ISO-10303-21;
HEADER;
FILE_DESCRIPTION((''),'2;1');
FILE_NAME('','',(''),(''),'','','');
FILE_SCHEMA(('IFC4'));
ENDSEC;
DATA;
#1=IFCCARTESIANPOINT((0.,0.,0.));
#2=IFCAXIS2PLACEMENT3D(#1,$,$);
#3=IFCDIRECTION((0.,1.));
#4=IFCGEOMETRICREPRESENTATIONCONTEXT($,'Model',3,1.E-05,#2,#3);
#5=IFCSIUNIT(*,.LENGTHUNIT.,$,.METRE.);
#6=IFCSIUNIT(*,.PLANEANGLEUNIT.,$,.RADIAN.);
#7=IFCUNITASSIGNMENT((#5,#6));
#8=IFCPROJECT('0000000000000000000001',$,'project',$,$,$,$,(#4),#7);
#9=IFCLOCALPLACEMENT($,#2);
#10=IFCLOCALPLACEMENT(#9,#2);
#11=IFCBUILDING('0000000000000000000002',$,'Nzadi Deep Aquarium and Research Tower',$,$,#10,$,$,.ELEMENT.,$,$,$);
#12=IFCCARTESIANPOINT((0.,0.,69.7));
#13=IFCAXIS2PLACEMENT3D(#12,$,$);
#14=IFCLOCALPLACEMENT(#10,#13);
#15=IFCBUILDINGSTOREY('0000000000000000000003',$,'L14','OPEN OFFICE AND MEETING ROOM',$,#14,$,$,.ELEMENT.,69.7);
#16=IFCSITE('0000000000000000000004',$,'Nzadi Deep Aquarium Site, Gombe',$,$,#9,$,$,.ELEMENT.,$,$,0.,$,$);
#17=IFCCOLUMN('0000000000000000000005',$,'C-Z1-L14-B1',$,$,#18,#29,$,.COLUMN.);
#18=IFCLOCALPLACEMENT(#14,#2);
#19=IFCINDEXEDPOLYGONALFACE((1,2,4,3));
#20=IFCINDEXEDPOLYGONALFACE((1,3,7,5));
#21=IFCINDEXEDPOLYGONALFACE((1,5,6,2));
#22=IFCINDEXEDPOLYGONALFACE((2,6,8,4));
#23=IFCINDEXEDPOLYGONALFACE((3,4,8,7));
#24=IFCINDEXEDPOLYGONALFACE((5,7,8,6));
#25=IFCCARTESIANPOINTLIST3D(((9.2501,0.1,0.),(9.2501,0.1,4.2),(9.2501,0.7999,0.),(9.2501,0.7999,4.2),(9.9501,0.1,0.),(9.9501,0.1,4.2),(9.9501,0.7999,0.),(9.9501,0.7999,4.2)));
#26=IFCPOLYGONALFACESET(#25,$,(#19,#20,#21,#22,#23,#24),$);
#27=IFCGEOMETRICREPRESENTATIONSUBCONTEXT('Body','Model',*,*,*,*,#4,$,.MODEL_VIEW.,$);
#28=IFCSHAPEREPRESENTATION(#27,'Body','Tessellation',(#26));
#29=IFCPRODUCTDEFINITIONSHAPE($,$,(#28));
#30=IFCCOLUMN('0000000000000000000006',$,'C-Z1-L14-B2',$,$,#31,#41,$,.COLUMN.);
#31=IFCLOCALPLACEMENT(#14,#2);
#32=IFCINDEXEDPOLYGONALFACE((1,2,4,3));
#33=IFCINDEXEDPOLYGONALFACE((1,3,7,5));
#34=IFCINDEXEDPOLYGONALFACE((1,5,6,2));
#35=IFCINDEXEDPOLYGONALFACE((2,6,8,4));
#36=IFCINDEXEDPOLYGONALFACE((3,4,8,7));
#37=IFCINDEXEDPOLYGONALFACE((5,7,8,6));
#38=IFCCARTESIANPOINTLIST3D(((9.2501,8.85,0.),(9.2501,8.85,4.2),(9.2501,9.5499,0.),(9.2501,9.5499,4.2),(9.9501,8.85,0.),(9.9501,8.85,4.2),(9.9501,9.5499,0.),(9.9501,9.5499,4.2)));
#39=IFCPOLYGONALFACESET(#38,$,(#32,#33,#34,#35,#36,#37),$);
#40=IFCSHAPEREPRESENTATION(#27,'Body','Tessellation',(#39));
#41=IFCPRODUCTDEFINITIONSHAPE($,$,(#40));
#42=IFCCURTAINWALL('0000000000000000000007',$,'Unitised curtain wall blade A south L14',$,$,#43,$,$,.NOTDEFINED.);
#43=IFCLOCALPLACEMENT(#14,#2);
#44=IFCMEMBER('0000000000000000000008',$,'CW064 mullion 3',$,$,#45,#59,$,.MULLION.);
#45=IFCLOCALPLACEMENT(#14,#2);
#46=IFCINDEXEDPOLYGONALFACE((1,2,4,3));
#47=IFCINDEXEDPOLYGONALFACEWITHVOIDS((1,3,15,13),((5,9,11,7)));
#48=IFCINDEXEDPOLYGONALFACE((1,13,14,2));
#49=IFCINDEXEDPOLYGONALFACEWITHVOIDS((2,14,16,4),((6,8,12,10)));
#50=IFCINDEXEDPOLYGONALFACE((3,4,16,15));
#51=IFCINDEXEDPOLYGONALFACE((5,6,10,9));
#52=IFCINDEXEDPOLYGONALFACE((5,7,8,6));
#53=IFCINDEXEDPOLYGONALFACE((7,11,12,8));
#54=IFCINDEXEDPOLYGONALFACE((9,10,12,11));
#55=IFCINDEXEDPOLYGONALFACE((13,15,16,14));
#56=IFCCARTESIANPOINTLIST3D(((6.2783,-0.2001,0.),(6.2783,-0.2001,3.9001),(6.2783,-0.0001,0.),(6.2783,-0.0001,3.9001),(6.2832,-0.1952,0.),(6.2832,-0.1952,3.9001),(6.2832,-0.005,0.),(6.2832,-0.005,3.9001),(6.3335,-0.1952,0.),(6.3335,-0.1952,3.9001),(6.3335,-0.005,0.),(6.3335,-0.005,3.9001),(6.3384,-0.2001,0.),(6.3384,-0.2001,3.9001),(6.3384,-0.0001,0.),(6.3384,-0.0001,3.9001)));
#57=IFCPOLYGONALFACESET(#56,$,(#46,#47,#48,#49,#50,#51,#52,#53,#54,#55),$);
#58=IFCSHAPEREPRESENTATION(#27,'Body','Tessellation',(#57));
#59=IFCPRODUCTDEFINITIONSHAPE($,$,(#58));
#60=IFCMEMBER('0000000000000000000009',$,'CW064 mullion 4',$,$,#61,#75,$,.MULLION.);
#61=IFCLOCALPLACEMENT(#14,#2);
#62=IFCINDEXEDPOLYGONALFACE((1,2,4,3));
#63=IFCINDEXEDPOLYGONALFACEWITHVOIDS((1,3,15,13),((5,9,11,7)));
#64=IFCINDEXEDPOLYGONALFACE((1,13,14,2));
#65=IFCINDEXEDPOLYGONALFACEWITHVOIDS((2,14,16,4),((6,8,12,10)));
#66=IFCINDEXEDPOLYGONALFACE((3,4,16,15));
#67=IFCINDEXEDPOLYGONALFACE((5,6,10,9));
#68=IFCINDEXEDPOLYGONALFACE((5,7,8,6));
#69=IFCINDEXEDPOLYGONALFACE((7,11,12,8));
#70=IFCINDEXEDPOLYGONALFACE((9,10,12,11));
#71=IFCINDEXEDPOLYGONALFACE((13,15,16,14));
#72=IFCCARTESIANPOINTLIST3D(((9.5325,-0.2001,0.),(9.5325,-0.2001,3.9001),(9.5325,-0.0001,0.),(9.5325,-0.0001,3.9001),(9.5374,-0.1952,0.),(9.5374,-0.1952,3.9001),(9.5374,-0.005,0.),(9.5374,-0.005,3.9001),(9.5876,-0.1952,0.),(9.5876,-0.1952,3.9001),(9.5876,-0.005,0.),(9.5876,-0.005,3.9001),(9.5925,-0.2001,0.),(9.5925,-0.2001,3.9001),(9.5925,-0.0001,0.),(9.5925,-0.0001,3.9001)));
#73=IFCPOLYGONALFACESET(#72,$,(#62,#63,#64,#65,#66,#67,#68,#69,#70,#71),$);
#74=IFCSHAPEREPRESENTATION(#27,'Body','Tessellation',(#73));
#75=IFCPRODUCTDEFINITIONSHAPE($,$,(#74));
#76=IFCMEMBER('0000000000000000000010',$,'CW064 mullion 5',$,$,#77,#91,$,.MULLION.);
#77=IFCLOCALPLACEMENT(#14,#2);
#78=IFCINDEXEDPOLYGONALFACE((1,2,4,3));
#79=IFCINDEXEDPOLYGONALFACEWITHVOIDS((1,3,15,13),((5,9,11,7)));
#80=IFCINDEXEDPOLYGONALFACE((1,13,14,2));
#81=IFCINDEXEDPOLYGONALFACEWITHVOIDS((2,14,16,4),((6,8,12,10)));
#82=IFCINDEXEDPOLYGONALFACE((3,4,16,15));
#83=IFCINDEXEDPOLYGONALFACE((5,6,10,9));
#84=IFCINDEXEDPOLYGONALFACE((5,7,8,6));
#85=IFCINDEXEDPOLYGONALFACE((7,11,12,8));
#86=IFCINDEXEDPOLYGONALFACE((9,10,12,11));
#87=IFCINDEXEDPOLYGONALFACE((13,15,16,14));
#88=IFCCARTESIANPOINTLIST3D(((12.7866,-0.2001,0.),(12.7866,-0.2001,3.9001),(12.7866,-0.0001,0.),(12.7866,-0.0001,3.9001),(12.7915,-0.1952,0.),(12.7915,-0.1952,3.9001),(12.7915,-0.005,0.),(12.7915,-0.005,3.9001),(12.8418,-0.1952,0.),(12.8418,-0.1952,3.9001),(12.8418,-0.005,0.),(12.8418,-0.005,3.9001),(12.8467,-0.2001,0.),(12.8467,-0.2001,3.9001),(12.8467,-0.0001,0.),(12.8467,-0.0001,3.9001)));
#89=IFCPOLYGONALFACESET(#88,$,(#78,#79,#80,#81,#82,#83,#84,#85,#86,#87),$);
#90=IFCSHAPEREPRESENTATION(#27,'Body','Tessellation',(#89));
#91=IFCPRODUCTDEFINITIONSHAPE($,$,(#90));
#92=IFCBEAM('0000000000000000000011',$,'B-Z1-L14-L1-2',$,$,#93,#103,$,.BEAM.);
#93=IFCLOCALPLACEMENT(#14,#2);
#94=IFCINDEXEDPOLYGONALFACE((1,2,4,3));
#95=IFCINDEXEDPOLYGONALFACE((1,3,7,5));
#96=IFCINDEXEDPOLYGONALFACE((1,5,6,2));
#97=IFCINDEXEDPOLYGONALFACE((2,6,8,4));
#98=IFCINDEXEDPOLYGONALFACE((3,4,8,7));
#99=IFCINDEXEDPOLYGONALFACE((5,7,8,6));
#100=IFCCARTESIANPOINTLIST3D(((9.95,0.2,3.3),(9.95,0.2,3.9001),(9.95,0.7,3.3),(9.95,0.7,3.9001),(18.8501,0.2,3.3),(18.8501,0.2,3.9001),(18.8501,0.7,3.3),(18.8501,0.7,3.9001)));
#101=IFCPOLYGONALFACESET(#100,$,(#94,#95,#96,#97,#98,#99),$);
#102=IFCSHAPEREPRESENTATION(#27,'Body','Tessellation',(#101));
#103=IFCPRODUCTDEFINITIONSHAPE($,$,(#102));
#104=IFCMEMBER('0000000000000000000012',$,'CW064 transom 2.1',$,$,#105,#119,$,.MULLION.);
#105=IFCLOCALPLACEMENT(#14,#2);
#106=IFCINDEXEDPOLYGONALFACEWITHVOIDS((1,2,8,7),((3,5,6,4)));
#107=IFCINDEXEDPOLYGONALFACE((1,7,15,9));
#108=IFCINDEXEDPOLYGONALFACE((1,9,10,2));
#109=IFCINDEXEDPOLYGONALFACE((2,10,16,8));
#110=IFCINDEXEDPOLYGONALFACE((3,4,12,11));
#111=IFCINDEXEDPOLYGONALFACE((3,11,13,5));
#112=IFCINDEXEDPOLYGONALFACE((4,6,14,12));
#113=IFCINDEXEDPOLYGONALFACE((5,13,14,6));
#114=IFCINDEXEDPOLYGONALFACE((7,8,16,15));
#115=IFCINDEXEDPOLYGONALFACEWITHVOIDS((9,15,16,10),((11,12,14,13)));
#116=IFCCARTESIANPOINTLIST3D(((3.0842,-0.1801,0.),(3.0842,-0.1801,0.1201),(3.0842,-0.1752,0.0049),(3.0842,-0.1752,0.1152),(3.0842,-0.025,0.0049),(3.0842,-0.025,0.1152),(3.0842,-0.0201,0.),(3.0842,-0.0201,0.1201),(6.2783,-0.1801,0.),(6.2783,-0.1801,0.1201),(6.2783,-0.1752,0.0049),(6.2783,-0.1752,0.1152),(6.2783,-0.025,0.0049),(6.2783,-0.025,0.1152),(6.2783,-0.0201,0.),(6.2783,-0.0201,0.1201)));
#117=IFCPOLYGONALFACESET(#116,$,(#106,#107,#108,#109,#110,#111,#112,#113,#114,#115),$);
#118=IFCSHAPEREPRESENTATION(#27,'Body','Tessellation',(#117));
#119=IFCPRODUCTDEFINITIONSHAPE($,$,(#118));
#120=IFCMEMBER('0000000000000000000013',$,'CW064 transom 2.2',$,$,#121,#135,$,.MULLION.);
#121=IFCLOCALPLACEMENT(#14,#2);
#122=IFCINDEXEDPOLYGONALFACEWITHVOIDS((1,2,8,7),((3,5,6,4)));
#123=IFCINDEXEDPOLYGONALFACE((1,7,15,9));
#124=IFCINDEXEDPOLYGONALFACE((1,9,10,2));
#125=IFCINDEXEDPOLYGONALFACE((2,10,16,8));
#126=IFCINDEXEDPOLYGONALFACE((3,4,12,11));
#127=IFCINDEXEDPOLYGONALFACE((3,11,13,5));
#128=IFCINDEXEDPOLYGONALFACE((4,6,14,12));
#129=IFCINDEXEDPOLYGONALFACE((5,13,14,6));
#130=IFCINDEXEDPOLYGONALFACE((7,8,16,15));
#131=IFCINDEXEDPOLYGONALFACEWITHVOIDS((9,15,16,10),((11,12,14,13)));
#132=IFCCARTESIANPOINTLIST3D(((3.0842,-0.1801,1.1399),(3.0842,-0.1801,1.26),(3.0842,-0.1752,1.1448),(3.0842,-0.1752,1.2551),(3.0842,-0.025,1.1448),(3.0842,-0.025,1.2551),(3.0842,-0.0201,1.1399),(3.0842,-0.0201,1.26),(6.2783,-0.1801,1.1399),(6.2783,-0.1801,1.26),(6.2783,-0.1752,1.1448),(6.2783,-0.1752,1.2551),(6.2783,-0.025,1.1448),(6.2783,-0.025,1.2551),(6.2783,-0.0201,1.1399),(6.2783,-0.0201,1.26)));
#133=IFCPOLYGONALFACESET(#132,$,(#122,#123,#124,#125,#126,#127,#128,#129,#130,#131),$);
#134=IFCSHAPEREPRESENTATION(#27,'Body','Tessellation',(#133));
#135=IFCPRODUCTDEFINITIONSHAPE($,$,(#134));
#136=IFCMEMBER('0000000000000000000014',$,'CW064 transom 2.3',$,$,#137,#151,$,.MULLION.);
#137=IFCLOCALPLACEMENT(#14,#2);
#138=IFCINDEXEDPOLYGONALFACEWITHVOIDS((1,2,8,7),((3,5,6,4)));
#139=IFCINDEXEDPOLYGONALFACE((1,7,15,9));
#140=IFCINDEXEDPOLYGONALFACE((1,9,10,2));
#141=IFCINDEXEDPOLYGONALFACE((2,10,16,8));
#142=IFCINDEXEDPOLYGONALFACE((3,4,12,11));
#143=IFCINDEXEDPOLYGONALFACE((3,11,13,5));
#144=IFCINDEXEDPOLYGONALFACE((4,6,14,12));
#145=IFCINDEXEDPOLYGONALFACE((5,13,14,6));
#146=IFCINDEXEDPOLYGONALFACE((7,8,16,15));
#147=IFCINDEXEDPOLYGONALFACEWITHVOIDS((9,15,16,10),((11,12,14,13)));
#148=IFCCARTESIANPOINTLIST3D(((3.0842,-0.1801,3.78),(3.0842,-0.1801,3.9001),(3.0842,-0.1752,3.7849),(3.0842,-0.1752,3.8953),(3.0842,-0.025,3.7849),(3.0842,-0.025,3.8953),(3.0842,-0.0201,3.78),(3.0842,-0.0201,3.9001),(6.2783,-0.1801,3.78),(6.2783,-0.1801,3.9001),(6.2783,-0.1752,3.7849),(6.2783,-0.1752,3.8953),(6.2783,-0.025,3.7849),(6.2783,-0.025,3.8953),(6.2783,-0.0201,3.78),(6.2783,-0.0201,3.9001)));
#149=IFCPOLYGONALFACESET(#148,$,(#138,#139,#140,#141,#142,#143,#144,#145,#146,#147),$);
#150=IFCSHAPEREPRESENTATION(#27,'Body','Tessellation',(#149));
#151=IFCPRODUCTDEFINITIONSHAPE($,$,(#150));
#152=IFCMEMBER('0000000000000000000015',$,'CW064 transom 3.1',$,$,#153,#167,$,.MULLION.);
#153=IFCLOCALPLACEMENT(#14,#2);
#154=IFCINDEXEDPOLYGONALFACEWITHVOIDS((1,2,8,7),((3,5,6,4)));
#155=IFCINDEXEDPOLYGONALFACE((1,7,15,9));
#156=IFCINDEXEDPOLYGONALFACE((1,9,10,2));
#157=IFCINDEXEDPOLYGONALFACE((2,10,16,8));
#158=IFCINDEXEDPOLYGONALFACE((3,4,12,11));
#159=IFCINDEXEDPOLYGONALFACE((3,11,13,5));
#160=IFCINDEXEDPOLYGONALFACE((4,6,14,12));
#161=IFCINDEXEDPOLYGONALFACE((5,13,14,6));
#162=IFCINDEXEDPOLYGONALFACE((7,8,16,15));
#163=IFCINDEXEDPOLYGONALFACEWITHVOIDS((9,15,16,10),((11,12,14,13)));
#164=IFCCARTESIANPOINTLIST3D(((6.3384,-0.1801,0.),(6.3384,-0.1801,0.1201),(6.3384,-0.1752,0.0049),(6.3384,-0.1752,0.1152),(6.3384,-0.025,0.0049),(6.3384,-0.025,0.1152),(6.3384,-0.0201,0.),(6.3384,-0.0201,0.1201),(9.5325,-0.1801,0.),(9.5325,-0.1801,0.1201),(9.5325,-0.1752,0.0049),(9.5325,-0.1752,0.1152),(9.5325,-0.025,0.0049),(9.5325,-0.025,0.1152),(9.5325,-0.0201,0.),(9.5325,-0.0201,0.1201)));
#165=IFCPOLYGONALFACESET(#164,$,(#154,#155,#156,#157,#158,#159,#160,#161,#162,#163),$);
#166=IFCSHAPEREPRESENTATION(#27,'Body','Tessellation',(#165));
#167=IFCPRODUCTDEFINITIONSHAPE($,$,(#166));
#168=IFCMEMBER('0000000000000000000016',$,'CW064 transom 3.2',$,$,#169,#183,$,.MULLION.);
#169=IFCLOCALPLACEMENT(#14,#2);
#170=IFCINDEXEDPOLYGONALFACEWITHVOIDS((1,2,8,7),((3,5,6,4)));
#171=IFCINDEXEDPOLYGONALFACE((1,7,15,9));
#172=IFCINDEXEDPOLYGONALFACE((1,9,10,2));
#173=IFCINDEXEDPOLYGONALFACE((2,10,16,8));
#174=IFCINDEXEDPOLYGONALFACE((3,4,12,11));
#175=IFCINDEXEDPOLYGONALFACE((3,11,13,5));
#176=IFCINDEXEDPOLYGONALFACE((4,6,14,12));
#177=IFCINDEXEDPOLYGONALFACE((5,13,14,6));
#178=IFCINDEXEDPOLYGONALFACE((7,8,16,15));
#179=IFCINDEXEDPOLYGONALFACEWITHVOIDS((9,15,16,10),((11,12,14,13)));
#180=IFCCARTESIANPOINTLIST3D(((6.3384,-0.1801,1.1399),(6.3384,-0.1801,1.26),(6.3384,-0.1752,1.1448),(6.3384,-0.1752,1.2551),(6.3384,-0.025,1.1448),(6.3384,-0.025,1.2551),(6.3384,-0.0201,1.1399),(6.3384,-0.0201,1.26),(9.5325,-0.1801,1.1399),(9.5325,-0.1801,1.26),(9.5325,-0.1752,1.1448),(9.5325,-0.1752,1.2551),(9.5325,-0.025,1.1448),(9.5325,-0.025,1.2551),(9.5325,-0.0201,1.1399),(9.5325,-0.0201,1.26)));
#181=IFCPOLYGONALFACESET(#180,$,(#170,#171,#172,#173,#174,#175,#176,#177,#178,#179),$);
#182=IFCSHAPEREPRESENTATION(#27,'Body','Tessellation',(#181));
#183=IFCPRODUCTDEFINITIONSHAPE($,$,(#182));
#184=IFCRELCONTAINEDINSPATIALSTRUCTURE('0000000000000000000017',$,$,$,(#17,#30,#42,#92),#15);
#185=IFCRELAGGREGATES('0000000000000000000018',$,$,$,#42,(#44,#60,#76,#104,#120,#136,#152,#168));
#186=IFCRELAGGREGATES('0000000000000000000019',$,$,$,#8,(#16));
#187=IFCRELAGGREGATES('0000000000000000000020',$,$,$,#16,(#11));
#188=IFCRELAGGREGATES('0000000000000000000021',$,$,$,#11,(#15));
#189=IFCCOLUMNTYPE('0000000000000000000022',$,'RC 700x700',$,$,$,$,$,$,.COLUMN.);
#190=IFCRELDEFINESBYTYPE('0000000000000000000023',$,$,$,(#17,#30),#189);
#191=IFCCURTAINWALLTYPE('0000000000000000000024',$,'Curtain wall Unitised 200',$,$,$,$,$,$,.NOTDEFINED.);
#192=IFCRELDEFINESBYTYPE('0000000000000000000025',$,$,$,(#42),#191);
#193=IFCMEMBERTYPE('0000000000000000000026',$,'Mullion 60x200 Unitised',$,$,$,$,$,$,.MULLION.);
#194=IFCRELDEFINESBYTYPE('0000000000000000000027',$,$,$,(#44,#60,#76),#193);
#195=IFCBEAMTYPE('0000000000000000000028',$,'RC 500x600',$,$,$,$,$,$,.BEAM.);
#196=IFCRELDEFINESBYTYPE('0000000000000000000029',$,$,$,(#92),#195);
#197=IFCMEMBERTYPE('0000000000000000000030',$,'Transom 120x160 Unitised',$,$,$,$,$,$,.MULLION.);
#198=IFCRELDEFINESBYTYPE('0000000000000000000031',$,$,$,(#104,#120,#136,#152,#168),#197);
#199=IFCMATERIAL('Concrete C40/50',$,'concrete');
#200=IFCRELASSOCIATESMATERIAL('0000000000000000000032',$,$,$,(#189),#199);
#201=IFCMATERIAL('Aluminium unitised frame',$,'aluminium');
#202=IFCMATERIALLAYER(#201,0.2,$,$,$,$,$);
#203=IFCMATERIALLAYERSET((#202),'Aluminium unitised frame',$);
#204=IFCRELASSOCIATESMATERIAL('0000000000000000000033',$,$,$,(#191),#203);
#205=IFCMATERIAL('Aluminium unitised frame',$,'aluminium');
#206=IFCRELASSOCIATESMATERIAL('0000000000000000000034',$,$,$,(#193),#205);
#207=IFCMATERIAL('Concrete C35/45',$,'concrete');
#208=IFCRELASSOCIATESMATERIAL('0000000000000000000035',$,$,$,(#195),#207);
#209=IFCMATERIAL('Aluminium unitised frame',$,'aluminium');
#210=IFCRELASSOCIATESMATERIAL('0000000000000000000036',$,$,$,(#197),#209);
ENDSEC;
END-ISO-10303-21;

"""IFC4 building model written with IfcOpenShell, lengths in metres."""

from ifc_helpers import new_model, si_unit, direction, frame, origin, origin_2d, place, context, subcontext, project, spatial, rectangle, hollow_rectangle, extrude, material, layer, layer_set, material_profile, profile_set, type_object, element, aggregate, save


model = new_model("IFC4")

# Units and contexts
model_context = context("Model", 3, precision=1e-05, world=origin(), true_north=direction((0.0, 1.0)))
body_context = subcontext(model_context, "Body", "Model", "MODEL_VIEW")
ifc_project = project(units=[si_unit("LENGTHUNIT", "METRE"), si_unit("PLANEANGLEUNIT", "RADIAN")], contexts=[model_context])

# Site, building, storey
site_placement = place(None, origin())
site = spatial("IfcSite", under=ifc_project, at=site_placement, Name="Nzadi Deep Aquarium Site, Gombe", CompositionType="ELEMENT", RefElevation=0.0)
building_placement = place(site_placement, origin())
building = spatial("IfcBuilding", under=site, at=building_placement, Name="Nzadi Deep Aquarium and Research Tower", CompositionType="ELEMENT")
storey_placement = place(building_placement, frame((0.0, 0.0, 69.7)))
storey = spatial("IfcBuildingStorey", under=building, at=storey_placement, Name="L14", Description="OPEN OFFICE AND MEETING ROOM", CompositionType="ELEMENT", Elevation=69.7)

# Columns
ifc_material_1 = material(Name="Concrete C40/50", Category="concrete")
ifc_material_profile_1 = material_profile(ifc_material_1, rectangle(XDim=0.7, YDim=0.7, at=origin_2d()))
ifc_profile_set_1 = profile_set([ifc_material_profile_1], Name="Concrete C40/50")
column_type = type_object("IfcColumnType", Name="RC 700x700", PredefinedType="COLUMN", material=ifc_profile_set_1)
for number, where, z_axis, x_axis, name in (
    (1, (9.6001, 0.45, 0.0), (0.0, 0.0, 1.0), (1.0, 0.0, 0.0), "C-Z1-L14-B1"),
    (2, (9.6001, 9.2, 0.0), (0.0, 0.0, 1.0), (1.0, 0.0, 0.0), "C-Z1-L14-B2"),
):
    element("IfcColumn", number, at=place(storey_placement, frame(where, z_axis=z_axis, x_axis=x_axis)), inside=storey, type_object=column_type, Name=name, PredefinedType="COLUMN", context=body_context, shape_type="SweptSolid", body=[
        extrude(rectangle(XDim=0.7, YDim=0.7, at=origin_2d()), origin(), (0.0, 0.0, 1.0), 4.2),
    ])

# Curtain wall, members
ifc_material_2 = material(Name="Aluminium unitised frame", Category="aluminium")
ifc_layer_1 = layer(ifc_material_2, 0.2)
ifc_layer_set_1 = layer_set([ifc_layer_1], Name="Aluminium unitised frame")
curtain_wall_type = type_object("IfcCurtainWallType", Name="Curtain wall Unitised 200", PredefinedType="NOTDEFINED", material=ifc_layer_set_1)
curtain_wall_placement = place(storey_placement, origin())
curtain_wall = element("IfcCurtainWall", 3, at=curtain_wall_placement, inside=storey, type_object=curtain_wall_type, Name="Unitised curtain wall blade A south L14", PredefinedType="NOTDEFINED")
ifc_material_3 = material(Name="Aluminium unitised frame", Category="aluminium")
ifc_material_profile_2 = material_profile(ifc_material_3, hollow_rectangle(XDim=0.2, YDim=0.0601, WallThickness=0.0049, at=origin_2d()))
ifc_profile_set_2 = profile_set([ifc_material_profile_2], Name="Aluminium unitised frame")
member_type_1 = type_object("IfcMemberType", Name="Mullion 60x200 Unitised", PredefinedType="MULLION", material=ifc_profile_set_2)
member_1_placement = place(storey_placement, frame((6.3083, -0.1001, 0.0), z_axis=(0.0, 0.0, 1.0), x_axis=(0.0, 1.0, 0.0)))
member_1 = element("IfcMember", 4, at=member_1_placement, type_object=member_type_1, Name="CW064 mullion 3", PredefinedType="MULLION", context=body_context, shape_type="SweptSolid", body=[
    extrude(hollow_rectangle(XDim=0.2, YDim=0.0601, WallThickness=0.0049, at=origin_2d()), origin(), (0.0, 0.0, 1.0), 3.9001),
])
member_2_placement = place(storey_placement, frame((9.5625, -0.1001, 0.0), z_axis=(0.0, 0.0, 1.0), x_axis=(0.0, 1.0, 0.0)))
member_2 = element("IfcMember", 5, at=member_2_placement, type_object=member_type_1, Name="CW064 mullion 4", PredefinedType="MULLION", context=body_context, shape_type="SweptSolid", body=[
    extrude(hollow_rectangle(XDim=0.2, YDim=0.0601, WallThickness=0.0049, at=origin_2d()), origin(), (0.0, 0.0, 1.0), 3.9001),
])
member_3_placement = place(storey_placement, frame((12.8167, -0.1001, 0.0), z_axis=(0.0, 0.0, 1.0), x_axis=(0.0, 1.0, 0.0)))
member_3 = element("IfcMember", 6, at=member_3_placement, type_object=member_type_1, Name="CW064 mullion 5", PredefinedType="MULLION", context=body_context, shape_type="SweptSolid", body=[
    extrude(hollow_rectangle(XDim=0.2, YDim=0.0601, WallThickness=0.0049, at=origin_2d()), origin(), (0.0, 0.0, 1.0), 3.9001),
])

# Beam
ifc_material_4 = material(Name="Concrete C35/45", Category="concrete")
ifc_material_profile_3 = material_profile(ifc_material_4, rectangle(XDim=0.5, YDim=0.6001, at=origin_2d()))
ifc_profile_set_3 = profile_set([ifc_material_profile_3], Name="Concrete C35/45")
beam_type = type_object("IfcBeamType", Name="RC 500x600", PredefinedType="BEAM", material=ifc_profile_set_3)
beam_placement = place(storey_placement, frame((9.95, 0.45, 3.6001), z_axis=(1.0, 0.0, 0.0), x_axis=(0.0, 1.0, 0.0)))
element("IfcBeam", 7, at=beam_placement, inside=storey, type_object=beam_type, Name="B-Z1-L14-L1-2", PredefinedType="BEAM", context=body_context, shape_type="SweptSolid", body=[
    extrude(rectangle(XDim=0.5, YDim=0.6001, at=origin_2d()), origin(), (0.0, 0.0, 1.0), 8.9001),
])

# Members
ifc_material_5 = material(Name="Aluminium unitised frame", Category="aluminium")
ifc_material_profile_4 = material_profile(ifc_material_5, hollow_rectangle(XDim=0.1599, YDim=0.1201, WallThickness=0.0049, at=origin_2d()))
ifc_profile_set_4 = profile_set([ifc_material_profile_4], Name="Aluminium unitised frame")
member_type_2 = type_object("IfcMemberType", Name="Transom 120x160 Unitised", PredefinedType="MULLION", material=ifc_profile_set_4)
member_4_placement = place(storey_placement, frame((3.0842, -0.1001, 0.0601), z_axis=(1.0, 0.0, 0.0), x_axis=(0.0, 1.0, 0.0)))
member_4 = element("IfcMember", 8, at=member_4_placement, type_object=member_type_2, Name="CW064 transom 2.1", PredefinedType="MULLION", context=body_context, shape_type="SweptSolid", body=[
    extrude(hollow_rectangle(XDim=0.1599, YDim=0.1201, WallThickness=0.0049, at=origin_2d()), origin(), (0.0, 0.0, 1.0), 3.1941),
])
member_5_placement = place(storey_placement, frame((3.0842, -0.1001, 1.2), z_axis=(1.0, 0.0, 0.0), x_axis=(0.0, 1.0, 0.0)))
member_5 = element("IfcMember", 9, at=member_5_placement, type_object=member_type_2, Name="CW064 transom 2.2", PredefinedType="MULLION", context=body_context, shape_type="SweptSolid", body=[
    extrude(hollow_rectangle(XDim=0.1599, YDim=0.1201, WallThickness=0.0049, at=origin_2d()), origin(), (0.0, 0.0, 1.0), 3.1941),
])
member_6_placement = place(storey_placement, frame((3.0842, -0.1001, 3.8401), z_axis=(1.0, 0.0, 0.0), x_axis=(0.0, 1.0, 0.0)))
member_6 = element("IfcMember", 10, at=member_6_placement, type_object=member_type_2, Name="CW064 transom 2.3", PredefinedType="MULLION", context=body_context, shape_type="SweptSolid", body=[
    extrude(hollow_rectangle(XDim=0.1599, YDim=0.1201, WallThickness=0.0049, at=origin_2d()), origin(), (0.0, 0.0, 1.0), 3.1941),
])
member_7_placement = place(storey_placement, frame((6.3384, -0.1001, 0.0601), z_axis=(1.0, 0.0, 0.0), x_axis=(0.0, 1.0, 0.0)))
member_7 = element("IfcMember", 11, at=member_7_placement, type_object=member_type_2, Name="CW064 transom 3.1", PredefinedType="MULLION", context=body_context, shape_type="SweptSolid", body=[
    extrude(hollow_rectangle(XDim=0.1599, YDim=0.1201, WallThickness=0.0049, at=origin_2d()), origin(), (0.0, 0.0, 1.0), 3.1941),
])
member_8_placement = place(storey_placement, frame((6.3384, -0.1001, 1.2), z_axis=(1.0, 0.0, 0.0), x_axis=(0.0, 1.0, 0.0)))
member_8 = element("IfcMember", 12, at=member_8_placement, type_object=member_type_2, Name="CW064 transom 3.2", PredefinedType="MULLION", context=body_context, shape_type="SweptSolid", body=[
    extrude(hollow_rectangle(XDim=0.1599, YDim=0.1201, WallThickness=0.0049, at=origin_2d()), origin(), (0.0, 0.0, 1.0), 3.1941),
])

aggregate(curtain_wall, [member_1, member_2, member_3, member_4, member_5, member_6, member_7, member_8])

save(model, "model.ifc")
